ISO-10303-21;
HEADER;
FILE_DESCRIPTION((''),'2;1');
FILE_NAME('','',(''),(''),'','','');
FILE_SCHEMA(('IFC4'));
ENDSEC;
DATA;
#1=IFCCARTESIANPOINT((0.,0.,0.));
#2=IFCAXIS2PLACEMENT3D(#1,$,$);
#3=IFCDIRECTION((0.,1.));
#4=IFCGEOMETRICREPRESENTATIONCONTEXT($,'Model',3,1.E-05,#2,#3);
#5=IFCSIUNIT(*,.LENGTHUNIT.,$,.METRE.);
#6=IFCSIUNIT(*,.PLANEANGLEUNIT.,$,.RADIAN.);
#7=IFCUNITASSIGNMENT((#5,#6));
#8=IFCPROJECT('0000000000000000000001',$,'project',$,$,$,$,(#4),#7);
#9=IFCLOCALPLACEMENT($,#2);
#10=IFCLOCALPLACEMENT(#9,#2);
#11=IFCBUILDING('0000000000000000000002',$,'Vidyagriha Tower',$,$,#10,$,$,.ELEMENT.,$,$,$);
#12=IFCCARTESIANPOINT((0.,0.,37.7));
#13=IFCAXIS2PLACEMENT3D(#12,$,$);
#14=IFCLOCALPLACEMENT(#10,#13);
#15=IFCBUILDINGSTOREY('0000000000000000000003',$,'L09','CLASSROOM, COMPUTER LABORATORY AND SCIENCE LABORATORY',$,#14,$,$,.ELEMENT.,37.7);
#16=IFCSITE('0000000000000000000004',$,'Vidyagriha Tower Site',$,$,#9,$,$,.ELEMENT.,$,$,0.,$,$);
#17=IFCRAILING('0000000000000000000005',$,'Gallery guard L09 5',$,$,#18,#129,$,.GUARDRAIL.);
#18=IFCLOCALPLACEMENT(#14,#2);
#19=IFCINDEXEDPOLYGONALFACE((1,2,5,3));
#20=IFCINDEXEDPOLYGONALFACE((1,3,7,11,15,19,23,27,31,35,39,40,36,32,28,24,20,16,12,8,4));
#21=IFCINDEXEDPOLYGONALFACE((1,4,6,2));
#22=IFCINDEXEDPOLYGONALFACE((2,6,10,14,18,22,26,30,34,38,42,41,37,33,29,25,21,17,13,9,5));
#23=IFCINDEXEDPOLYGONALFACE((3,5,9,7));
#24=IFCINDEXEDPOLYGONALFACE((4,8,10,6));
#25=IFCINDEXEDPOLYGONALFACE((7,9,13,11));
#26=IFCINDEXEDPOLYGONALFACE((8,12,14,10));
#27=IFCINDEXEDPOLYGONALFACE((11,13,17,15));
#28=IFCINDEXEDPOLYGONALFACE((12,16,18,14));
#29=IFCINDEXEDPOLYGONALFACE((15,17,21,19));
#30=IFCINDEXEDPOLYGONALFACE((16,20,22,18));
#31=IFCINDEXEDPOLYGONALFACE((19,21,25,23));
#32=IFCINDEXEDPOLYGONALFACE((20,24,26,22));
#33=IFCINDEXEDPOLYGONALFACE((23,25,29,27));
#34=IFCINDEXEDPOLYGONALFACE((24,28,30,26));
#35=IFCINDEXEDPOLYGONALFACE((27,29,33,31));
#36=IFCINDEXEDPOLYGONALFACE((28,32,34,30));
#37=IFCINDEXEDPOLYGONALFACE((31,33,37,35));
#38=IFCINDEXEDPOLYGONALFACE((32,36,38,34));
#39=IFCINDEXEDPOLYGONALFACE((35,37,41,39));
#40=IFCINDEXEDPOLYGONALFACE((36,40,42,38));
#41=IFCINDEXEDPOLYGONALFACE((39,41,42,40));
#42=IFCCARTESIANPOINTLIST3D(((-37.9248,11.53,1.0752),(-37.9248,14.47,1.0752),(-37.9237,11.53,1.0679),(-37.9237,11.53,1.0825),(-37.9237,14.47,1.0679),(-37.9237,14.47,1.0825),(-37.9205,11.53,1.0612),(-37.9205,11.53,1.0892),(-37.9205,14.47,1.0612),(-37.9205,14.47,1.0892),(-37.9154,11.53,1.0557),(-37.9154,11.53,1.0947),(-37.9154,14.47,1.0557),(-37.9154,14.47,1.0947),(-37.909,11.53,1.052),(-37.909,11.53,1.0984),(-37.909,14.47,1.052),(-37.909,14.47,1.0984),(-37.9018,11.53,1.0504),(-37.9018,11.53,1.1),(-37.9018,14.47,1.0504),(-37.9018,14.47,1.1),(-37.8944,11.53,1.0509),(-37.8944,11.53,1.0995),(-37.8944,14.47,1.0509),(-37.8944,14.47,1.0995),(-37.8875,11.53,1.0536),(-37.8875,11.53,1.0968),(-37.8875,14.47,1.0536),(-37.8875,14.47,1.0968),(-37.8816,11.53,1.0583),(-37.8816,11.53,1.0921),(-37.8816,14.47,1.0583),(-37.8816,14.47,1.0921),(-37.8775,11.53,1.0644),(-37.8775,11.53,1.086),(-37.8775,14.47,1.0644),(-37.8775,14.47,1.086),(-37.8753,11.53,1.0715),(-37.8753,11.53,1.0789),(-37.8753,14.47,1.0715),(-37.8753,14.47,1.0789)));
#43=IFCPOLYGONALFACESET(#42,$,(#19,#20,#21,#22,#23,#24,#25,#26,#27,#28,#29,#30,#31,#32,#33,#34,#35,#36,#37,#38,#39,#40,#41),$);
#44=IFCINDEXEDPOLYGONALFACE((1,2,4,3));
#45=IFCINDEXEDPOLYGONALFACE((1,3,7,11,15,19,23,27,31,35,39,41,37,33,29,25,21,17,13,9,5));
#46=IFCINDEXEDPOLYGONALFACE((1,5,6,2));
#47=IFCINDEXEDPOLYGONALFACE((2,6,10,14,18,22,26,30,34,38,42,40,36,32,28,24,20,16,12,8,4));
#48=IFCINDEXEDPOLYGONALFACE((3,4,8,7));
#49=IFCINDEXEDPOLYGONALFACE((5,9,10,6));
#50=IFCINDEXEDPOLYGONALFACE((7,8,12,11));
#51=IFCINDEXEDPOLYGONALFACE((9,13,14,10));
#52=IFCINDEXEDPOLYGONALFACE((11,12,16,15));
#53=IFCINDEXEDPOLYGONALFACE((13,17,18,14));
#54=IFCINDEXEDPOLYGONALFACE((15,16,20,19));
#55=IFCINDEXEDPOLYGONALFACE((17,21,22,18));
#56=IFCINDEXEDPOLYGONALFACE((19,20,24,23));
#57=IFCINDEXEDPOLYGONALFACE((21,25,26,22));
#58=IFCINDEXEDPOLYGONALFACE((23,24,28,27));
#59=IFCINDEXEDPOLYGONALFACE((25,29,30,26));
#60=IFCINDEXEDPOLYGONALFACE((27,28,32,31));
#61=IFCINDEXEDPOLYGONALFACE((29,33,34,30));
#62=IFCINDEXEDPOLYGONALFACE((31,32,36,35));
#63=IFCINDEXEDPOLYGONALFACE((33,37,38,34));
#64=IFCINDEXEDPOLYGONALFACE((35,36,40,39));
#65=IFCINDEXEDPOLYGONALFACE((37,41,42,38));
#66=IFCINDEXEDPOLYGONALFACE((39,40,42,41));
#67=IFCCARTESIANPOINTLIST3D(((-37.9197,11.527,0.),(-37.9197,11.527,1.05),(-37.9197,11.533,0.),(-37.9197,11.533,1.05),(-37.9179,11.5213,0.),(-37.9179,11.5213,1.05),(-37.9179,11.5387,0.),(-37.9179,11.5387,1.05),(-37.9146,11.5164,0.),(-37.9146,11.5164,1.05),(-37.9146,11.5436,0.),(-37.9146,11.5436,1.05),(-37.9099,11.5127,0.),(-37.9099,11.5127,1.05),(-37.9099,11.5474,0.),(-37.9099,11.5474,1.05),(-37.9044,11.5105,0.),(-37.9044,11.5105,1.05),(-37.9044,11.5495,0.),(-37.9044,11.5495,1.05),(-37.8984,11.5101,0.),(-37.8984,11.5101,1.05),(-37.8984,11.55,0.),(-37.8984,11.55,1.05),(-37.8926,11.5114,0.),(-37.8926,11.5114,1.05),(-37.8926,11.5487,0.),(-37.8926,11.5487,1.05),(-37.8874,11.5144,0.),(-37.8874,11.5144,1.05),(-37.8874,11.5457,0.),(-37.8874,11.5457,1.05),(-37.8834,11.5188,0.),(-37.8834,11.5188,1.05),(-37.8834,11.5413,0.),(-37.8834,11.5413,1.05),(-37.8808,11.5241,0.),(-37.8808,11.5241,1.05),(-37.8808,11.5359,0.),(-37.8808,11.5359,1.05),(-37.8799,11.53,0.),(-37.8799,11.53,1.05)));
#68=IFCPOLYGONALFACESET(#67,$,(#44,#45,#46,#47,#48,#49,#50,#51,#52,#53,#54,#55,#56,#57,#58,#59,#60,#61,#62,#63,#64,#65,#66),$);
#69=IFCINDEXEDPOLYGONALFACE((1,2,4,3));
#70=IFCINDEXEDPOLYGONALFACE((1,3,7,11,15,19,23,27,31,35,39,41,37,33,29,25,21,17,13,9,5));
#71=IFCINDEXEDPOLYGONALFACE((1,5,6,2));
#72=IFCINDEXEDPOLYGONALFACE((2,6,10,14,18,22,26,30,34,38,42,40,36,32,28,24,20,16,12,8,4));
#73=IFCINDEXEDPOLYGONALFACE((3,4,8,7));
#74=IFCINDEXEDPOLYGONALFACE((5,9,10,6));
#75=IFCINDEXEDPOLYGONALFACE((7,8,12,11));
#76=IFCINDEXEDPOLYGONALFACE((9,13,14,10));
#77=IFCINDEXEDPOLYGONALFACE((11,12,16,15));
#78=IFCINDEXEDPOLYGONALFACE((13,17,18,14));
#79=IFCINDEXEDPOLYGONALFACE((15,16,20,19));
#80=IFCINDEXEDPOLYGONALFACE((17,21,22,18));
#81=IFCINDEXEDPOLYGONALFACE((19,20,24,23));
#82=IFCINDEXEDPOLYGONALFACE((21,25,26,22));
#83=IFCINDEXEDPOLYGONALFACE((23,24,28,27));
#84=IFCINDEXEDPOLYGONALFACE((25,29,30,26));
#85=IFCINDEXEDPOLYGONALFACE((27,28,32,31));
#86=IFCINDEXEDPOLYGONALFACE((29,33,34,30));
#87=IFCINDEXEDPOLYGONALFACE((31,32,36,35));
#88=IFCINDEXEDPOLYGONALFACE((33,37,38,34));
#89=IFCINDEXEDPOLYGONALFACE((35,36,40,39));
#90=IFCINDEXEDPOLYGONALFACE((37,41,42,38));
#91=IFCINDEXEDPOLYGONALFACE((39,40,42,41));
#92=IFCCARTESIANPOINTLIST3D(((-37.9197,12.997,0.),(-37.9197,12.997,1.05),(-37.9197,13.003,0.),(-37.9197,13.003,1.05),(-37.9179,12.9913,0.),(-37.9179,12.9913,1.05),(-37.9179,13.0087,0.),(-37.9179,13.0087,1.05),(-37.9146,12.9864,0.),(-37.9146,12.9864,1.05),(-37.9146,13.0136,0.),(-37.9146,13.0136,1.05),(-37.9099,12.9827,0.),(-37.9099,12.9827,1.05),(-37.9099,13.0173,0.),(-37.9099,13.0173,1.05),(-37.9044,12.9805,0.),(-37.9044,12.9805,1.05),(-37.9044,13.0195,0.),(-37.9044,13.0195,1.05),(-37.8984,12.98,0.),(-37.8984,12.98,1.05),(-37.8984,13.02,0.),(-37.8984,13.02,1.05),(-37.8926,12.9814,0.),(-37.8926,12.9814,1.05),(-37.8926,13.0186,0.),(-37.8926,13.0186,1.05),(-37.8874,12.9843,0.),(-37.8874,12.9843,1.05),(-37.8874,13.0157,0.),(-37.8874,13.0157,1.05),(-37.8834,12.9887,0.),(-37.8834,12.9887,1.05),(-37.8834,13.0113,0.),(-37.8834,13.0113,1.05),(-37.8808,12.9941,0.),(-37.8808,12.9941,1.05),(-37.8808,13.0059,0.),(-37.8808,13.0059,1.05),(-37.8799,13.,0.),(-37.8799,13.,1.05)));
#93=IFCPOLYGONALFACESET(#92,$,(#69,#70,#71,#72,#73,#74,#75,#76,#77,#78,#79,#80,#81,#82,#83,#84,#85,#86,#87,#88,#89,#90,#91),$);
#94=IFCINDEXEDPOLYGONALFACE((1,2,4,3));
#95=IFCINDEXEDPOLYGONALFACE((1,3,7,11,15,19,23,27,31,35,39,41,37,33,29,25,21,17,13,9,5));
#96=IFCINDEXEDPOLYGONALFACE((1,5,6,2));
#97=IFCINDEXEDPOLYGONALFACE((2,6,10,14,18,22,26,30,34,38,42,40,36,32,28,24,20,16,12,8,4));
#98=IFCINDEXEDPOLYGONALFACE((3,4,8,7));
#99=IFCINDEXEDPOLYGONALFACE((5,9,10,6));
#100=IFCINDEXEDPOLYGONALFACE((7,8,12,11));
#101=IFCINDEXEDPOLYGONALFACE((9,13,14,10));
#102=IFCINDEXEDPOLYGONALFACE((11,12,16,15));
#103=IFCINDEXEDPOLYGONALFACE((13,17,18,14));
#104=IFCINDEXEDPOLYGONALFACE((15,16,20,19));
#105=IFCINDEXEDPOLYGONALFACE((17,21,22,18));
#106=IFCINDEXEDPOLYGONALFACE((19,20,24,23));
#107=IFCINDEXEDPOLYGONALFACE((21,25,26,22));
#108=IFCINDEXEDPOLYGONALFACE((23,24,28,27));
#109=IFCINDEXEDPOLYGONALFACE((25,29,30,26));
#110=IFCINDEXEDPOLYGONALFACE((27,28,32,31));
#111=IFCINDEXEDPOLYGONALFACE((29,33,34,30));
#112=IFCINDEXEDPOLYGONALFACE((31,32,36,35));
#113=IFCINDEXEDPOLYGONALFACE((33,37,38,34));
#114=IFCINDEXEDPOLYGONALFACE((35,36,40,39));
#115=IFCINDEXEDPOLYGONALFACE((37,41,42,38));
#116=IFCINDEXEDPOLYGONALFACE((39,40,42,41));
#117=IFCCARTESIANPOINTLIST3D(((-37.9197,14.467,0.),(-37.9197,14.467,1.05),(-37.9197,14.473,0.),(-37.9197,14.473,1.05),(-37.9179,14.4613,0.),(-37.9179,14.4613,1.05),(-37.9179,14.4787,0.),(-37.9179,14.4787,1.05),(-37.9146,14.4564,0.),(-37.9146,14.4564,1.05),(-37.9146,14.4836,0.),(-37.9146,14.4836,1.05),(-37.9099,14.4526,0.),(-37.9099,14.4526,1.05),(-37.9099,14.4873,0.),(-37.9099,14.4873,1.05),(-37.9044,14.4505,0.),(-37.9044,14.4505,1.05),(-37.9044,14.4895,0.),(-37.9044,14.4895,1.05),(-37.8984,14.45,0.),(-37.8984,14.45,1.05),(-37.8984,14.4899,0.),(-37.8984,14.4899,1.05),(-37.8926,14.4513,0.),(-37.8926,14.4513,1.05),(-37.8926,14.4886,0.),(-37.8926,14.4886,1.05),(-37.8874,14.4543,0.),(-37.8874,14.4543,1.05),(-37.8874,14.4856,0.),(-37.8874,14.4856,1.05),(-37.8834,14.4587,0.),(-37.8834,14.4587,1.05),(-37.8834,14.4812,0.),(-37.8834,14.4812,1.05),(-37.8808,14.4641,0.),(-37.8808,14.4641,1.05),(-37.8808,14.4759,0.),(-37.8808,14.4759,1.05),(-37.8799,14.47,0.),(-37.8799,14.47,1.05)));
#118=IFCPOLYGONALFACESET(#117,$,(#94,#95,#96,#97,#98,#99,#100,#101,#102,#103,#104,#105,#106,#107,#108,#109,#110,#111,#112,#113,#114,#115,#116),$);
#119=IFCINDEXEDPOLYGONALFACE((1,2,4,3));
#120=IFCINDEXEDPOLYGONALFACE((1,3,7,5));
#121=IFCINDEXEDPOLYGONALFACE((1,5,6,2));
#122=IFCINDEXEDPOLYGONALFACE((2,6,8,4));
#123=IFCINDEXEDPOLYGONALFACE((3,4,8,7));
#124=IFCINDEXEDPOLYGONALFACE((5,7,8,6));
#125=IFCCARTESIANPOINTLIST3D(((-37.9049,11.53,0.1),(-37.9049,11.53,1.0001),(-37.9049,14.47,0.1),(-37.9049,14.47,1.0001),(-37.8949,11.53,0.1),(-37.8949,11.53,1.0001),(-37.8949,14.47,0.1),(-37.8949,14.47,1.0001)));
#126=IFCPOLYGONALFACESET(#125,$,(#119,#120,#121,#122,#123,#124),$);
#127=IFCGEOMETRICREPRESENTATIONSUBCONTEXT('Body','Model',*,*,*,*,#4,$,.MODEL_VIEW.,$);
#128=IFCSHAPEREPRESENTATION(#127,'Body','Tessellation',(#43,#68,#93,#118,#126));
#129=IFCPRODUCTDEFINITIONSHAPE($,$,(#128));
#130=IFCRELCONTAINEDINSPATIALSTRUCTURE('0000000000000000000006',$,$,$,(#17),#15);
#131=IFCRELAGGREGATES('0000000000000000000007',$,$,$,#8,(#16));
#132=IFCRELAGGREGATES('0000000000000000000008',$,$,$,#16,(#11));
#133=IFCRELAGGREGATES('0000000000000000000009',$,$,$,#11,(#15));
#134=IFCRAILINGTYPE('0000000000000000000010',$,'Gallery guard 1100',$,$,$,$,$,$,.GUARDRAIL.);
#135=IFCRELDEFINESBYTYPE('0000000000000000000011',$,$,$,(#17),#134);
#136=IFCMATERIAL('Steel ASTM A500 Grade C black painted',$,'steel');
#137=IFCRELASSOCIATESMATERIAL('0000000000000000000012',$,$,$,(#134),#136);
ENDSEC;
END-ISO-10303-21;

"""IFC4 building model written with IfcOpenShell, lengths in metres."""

from ifc_helpers import new_model, si_unit, direction, frame, origin, origin_2d, place, context, subcontext, project, spatial, rectangle, circle, extrude, material, type_object, element, save


model = new_model("IFC4")

# Units and contexts
model_context = context("Model", 3, precision=1e-05, world=origin(), true_north=direction((0.0, 1.0)))
body_context = subcontext(model_context, "Body", "Model", "MODEL_VIEW")
ifc_project = project(units=[si_unit("LENGTHUNIT", "METRE"), si_unit("PLANEANGLEUNIT", "RADIAN")], contexts=[model_context])

# Site, building, storey
site_placement = place(None, origin())
site = spatial("IfcSite", under=ifc_project, at=site_placement, Name="Vidyagriha Tower Site", CompositionType="ELEMENT", RefElevation=0.0)
building_placement = place(site_placement, origin())
building = spatial("IfcBuilding", under=site, at=building_placement, Name="Vidyagriha Tower", CompositionType="ELEMENT")
storey_placement = place(building_placement, frame((0.0, 0.0, 37.7)))
storey = spatial("IfcBuildingStorey", under=building, at=storey_placement, Name="L09", Description="CLASSROOM, COMPUTER LABORATORY AND SCIENCE LABORATORY", CompositionType="ELEMENT", Elevation=37.7)

# Railing
ifc_material_1 = material(Name="Steel ASTM A500 Grade C black painted", Category="steel")
railing_type = type_object("IfcRailingType", Name="Gallery guard 1100", PredefinedType="GUARDRAIL", material=ifc_material_1)
railing_1_placement = place(storey_placement, frame((-37.8999, 11.53, 0.0)))
element("IfcRailing", 1, at=railing_1_placement, inside=storey, type_object=railing_type, Name="Gallery guard L09 5", PredefinedType="GUARDRAIL", context=body_context, shape_type="SweptSolid", body=[
    extrude(circle(Radius=0.0249, at=origin_2d()), frame((0.0, 0.0, 1.0752), z_axis=(0.0, 1.0, 0.0), x_axis=(-1.0, 0.0, 0.0)), (0.0, 0.0, 1.0), 2.9399),
    extrude(circle(Radius=0.02, at=origin_2d()), origin(), (0.0, 0.0, 1.0), 1.05),
    extrude(circle(Radius=0.02, at=origin_2d()), frame((0.0, 1.47, 0.0)), (0.0, 0.0, 1.0), 1.05),
    extrude(circle(Radius=0.02, at=origin_2d()), frame((0.0, 2.9399, 0.0)), (0.0, 0.0, 1.0), 1.05),
    extrude(rectangle(XDim=0.01, YDim=0.9001, at=origin_2d()), frame((0.0, 0.0, 0.55), z_axis=(0.0, 1.0, 0.0), x_axis=(-1.0, 0.0, 0.0)), (0.0, 0.0, 1.0), 2.9399),
])

save(model, "model.ifc")
